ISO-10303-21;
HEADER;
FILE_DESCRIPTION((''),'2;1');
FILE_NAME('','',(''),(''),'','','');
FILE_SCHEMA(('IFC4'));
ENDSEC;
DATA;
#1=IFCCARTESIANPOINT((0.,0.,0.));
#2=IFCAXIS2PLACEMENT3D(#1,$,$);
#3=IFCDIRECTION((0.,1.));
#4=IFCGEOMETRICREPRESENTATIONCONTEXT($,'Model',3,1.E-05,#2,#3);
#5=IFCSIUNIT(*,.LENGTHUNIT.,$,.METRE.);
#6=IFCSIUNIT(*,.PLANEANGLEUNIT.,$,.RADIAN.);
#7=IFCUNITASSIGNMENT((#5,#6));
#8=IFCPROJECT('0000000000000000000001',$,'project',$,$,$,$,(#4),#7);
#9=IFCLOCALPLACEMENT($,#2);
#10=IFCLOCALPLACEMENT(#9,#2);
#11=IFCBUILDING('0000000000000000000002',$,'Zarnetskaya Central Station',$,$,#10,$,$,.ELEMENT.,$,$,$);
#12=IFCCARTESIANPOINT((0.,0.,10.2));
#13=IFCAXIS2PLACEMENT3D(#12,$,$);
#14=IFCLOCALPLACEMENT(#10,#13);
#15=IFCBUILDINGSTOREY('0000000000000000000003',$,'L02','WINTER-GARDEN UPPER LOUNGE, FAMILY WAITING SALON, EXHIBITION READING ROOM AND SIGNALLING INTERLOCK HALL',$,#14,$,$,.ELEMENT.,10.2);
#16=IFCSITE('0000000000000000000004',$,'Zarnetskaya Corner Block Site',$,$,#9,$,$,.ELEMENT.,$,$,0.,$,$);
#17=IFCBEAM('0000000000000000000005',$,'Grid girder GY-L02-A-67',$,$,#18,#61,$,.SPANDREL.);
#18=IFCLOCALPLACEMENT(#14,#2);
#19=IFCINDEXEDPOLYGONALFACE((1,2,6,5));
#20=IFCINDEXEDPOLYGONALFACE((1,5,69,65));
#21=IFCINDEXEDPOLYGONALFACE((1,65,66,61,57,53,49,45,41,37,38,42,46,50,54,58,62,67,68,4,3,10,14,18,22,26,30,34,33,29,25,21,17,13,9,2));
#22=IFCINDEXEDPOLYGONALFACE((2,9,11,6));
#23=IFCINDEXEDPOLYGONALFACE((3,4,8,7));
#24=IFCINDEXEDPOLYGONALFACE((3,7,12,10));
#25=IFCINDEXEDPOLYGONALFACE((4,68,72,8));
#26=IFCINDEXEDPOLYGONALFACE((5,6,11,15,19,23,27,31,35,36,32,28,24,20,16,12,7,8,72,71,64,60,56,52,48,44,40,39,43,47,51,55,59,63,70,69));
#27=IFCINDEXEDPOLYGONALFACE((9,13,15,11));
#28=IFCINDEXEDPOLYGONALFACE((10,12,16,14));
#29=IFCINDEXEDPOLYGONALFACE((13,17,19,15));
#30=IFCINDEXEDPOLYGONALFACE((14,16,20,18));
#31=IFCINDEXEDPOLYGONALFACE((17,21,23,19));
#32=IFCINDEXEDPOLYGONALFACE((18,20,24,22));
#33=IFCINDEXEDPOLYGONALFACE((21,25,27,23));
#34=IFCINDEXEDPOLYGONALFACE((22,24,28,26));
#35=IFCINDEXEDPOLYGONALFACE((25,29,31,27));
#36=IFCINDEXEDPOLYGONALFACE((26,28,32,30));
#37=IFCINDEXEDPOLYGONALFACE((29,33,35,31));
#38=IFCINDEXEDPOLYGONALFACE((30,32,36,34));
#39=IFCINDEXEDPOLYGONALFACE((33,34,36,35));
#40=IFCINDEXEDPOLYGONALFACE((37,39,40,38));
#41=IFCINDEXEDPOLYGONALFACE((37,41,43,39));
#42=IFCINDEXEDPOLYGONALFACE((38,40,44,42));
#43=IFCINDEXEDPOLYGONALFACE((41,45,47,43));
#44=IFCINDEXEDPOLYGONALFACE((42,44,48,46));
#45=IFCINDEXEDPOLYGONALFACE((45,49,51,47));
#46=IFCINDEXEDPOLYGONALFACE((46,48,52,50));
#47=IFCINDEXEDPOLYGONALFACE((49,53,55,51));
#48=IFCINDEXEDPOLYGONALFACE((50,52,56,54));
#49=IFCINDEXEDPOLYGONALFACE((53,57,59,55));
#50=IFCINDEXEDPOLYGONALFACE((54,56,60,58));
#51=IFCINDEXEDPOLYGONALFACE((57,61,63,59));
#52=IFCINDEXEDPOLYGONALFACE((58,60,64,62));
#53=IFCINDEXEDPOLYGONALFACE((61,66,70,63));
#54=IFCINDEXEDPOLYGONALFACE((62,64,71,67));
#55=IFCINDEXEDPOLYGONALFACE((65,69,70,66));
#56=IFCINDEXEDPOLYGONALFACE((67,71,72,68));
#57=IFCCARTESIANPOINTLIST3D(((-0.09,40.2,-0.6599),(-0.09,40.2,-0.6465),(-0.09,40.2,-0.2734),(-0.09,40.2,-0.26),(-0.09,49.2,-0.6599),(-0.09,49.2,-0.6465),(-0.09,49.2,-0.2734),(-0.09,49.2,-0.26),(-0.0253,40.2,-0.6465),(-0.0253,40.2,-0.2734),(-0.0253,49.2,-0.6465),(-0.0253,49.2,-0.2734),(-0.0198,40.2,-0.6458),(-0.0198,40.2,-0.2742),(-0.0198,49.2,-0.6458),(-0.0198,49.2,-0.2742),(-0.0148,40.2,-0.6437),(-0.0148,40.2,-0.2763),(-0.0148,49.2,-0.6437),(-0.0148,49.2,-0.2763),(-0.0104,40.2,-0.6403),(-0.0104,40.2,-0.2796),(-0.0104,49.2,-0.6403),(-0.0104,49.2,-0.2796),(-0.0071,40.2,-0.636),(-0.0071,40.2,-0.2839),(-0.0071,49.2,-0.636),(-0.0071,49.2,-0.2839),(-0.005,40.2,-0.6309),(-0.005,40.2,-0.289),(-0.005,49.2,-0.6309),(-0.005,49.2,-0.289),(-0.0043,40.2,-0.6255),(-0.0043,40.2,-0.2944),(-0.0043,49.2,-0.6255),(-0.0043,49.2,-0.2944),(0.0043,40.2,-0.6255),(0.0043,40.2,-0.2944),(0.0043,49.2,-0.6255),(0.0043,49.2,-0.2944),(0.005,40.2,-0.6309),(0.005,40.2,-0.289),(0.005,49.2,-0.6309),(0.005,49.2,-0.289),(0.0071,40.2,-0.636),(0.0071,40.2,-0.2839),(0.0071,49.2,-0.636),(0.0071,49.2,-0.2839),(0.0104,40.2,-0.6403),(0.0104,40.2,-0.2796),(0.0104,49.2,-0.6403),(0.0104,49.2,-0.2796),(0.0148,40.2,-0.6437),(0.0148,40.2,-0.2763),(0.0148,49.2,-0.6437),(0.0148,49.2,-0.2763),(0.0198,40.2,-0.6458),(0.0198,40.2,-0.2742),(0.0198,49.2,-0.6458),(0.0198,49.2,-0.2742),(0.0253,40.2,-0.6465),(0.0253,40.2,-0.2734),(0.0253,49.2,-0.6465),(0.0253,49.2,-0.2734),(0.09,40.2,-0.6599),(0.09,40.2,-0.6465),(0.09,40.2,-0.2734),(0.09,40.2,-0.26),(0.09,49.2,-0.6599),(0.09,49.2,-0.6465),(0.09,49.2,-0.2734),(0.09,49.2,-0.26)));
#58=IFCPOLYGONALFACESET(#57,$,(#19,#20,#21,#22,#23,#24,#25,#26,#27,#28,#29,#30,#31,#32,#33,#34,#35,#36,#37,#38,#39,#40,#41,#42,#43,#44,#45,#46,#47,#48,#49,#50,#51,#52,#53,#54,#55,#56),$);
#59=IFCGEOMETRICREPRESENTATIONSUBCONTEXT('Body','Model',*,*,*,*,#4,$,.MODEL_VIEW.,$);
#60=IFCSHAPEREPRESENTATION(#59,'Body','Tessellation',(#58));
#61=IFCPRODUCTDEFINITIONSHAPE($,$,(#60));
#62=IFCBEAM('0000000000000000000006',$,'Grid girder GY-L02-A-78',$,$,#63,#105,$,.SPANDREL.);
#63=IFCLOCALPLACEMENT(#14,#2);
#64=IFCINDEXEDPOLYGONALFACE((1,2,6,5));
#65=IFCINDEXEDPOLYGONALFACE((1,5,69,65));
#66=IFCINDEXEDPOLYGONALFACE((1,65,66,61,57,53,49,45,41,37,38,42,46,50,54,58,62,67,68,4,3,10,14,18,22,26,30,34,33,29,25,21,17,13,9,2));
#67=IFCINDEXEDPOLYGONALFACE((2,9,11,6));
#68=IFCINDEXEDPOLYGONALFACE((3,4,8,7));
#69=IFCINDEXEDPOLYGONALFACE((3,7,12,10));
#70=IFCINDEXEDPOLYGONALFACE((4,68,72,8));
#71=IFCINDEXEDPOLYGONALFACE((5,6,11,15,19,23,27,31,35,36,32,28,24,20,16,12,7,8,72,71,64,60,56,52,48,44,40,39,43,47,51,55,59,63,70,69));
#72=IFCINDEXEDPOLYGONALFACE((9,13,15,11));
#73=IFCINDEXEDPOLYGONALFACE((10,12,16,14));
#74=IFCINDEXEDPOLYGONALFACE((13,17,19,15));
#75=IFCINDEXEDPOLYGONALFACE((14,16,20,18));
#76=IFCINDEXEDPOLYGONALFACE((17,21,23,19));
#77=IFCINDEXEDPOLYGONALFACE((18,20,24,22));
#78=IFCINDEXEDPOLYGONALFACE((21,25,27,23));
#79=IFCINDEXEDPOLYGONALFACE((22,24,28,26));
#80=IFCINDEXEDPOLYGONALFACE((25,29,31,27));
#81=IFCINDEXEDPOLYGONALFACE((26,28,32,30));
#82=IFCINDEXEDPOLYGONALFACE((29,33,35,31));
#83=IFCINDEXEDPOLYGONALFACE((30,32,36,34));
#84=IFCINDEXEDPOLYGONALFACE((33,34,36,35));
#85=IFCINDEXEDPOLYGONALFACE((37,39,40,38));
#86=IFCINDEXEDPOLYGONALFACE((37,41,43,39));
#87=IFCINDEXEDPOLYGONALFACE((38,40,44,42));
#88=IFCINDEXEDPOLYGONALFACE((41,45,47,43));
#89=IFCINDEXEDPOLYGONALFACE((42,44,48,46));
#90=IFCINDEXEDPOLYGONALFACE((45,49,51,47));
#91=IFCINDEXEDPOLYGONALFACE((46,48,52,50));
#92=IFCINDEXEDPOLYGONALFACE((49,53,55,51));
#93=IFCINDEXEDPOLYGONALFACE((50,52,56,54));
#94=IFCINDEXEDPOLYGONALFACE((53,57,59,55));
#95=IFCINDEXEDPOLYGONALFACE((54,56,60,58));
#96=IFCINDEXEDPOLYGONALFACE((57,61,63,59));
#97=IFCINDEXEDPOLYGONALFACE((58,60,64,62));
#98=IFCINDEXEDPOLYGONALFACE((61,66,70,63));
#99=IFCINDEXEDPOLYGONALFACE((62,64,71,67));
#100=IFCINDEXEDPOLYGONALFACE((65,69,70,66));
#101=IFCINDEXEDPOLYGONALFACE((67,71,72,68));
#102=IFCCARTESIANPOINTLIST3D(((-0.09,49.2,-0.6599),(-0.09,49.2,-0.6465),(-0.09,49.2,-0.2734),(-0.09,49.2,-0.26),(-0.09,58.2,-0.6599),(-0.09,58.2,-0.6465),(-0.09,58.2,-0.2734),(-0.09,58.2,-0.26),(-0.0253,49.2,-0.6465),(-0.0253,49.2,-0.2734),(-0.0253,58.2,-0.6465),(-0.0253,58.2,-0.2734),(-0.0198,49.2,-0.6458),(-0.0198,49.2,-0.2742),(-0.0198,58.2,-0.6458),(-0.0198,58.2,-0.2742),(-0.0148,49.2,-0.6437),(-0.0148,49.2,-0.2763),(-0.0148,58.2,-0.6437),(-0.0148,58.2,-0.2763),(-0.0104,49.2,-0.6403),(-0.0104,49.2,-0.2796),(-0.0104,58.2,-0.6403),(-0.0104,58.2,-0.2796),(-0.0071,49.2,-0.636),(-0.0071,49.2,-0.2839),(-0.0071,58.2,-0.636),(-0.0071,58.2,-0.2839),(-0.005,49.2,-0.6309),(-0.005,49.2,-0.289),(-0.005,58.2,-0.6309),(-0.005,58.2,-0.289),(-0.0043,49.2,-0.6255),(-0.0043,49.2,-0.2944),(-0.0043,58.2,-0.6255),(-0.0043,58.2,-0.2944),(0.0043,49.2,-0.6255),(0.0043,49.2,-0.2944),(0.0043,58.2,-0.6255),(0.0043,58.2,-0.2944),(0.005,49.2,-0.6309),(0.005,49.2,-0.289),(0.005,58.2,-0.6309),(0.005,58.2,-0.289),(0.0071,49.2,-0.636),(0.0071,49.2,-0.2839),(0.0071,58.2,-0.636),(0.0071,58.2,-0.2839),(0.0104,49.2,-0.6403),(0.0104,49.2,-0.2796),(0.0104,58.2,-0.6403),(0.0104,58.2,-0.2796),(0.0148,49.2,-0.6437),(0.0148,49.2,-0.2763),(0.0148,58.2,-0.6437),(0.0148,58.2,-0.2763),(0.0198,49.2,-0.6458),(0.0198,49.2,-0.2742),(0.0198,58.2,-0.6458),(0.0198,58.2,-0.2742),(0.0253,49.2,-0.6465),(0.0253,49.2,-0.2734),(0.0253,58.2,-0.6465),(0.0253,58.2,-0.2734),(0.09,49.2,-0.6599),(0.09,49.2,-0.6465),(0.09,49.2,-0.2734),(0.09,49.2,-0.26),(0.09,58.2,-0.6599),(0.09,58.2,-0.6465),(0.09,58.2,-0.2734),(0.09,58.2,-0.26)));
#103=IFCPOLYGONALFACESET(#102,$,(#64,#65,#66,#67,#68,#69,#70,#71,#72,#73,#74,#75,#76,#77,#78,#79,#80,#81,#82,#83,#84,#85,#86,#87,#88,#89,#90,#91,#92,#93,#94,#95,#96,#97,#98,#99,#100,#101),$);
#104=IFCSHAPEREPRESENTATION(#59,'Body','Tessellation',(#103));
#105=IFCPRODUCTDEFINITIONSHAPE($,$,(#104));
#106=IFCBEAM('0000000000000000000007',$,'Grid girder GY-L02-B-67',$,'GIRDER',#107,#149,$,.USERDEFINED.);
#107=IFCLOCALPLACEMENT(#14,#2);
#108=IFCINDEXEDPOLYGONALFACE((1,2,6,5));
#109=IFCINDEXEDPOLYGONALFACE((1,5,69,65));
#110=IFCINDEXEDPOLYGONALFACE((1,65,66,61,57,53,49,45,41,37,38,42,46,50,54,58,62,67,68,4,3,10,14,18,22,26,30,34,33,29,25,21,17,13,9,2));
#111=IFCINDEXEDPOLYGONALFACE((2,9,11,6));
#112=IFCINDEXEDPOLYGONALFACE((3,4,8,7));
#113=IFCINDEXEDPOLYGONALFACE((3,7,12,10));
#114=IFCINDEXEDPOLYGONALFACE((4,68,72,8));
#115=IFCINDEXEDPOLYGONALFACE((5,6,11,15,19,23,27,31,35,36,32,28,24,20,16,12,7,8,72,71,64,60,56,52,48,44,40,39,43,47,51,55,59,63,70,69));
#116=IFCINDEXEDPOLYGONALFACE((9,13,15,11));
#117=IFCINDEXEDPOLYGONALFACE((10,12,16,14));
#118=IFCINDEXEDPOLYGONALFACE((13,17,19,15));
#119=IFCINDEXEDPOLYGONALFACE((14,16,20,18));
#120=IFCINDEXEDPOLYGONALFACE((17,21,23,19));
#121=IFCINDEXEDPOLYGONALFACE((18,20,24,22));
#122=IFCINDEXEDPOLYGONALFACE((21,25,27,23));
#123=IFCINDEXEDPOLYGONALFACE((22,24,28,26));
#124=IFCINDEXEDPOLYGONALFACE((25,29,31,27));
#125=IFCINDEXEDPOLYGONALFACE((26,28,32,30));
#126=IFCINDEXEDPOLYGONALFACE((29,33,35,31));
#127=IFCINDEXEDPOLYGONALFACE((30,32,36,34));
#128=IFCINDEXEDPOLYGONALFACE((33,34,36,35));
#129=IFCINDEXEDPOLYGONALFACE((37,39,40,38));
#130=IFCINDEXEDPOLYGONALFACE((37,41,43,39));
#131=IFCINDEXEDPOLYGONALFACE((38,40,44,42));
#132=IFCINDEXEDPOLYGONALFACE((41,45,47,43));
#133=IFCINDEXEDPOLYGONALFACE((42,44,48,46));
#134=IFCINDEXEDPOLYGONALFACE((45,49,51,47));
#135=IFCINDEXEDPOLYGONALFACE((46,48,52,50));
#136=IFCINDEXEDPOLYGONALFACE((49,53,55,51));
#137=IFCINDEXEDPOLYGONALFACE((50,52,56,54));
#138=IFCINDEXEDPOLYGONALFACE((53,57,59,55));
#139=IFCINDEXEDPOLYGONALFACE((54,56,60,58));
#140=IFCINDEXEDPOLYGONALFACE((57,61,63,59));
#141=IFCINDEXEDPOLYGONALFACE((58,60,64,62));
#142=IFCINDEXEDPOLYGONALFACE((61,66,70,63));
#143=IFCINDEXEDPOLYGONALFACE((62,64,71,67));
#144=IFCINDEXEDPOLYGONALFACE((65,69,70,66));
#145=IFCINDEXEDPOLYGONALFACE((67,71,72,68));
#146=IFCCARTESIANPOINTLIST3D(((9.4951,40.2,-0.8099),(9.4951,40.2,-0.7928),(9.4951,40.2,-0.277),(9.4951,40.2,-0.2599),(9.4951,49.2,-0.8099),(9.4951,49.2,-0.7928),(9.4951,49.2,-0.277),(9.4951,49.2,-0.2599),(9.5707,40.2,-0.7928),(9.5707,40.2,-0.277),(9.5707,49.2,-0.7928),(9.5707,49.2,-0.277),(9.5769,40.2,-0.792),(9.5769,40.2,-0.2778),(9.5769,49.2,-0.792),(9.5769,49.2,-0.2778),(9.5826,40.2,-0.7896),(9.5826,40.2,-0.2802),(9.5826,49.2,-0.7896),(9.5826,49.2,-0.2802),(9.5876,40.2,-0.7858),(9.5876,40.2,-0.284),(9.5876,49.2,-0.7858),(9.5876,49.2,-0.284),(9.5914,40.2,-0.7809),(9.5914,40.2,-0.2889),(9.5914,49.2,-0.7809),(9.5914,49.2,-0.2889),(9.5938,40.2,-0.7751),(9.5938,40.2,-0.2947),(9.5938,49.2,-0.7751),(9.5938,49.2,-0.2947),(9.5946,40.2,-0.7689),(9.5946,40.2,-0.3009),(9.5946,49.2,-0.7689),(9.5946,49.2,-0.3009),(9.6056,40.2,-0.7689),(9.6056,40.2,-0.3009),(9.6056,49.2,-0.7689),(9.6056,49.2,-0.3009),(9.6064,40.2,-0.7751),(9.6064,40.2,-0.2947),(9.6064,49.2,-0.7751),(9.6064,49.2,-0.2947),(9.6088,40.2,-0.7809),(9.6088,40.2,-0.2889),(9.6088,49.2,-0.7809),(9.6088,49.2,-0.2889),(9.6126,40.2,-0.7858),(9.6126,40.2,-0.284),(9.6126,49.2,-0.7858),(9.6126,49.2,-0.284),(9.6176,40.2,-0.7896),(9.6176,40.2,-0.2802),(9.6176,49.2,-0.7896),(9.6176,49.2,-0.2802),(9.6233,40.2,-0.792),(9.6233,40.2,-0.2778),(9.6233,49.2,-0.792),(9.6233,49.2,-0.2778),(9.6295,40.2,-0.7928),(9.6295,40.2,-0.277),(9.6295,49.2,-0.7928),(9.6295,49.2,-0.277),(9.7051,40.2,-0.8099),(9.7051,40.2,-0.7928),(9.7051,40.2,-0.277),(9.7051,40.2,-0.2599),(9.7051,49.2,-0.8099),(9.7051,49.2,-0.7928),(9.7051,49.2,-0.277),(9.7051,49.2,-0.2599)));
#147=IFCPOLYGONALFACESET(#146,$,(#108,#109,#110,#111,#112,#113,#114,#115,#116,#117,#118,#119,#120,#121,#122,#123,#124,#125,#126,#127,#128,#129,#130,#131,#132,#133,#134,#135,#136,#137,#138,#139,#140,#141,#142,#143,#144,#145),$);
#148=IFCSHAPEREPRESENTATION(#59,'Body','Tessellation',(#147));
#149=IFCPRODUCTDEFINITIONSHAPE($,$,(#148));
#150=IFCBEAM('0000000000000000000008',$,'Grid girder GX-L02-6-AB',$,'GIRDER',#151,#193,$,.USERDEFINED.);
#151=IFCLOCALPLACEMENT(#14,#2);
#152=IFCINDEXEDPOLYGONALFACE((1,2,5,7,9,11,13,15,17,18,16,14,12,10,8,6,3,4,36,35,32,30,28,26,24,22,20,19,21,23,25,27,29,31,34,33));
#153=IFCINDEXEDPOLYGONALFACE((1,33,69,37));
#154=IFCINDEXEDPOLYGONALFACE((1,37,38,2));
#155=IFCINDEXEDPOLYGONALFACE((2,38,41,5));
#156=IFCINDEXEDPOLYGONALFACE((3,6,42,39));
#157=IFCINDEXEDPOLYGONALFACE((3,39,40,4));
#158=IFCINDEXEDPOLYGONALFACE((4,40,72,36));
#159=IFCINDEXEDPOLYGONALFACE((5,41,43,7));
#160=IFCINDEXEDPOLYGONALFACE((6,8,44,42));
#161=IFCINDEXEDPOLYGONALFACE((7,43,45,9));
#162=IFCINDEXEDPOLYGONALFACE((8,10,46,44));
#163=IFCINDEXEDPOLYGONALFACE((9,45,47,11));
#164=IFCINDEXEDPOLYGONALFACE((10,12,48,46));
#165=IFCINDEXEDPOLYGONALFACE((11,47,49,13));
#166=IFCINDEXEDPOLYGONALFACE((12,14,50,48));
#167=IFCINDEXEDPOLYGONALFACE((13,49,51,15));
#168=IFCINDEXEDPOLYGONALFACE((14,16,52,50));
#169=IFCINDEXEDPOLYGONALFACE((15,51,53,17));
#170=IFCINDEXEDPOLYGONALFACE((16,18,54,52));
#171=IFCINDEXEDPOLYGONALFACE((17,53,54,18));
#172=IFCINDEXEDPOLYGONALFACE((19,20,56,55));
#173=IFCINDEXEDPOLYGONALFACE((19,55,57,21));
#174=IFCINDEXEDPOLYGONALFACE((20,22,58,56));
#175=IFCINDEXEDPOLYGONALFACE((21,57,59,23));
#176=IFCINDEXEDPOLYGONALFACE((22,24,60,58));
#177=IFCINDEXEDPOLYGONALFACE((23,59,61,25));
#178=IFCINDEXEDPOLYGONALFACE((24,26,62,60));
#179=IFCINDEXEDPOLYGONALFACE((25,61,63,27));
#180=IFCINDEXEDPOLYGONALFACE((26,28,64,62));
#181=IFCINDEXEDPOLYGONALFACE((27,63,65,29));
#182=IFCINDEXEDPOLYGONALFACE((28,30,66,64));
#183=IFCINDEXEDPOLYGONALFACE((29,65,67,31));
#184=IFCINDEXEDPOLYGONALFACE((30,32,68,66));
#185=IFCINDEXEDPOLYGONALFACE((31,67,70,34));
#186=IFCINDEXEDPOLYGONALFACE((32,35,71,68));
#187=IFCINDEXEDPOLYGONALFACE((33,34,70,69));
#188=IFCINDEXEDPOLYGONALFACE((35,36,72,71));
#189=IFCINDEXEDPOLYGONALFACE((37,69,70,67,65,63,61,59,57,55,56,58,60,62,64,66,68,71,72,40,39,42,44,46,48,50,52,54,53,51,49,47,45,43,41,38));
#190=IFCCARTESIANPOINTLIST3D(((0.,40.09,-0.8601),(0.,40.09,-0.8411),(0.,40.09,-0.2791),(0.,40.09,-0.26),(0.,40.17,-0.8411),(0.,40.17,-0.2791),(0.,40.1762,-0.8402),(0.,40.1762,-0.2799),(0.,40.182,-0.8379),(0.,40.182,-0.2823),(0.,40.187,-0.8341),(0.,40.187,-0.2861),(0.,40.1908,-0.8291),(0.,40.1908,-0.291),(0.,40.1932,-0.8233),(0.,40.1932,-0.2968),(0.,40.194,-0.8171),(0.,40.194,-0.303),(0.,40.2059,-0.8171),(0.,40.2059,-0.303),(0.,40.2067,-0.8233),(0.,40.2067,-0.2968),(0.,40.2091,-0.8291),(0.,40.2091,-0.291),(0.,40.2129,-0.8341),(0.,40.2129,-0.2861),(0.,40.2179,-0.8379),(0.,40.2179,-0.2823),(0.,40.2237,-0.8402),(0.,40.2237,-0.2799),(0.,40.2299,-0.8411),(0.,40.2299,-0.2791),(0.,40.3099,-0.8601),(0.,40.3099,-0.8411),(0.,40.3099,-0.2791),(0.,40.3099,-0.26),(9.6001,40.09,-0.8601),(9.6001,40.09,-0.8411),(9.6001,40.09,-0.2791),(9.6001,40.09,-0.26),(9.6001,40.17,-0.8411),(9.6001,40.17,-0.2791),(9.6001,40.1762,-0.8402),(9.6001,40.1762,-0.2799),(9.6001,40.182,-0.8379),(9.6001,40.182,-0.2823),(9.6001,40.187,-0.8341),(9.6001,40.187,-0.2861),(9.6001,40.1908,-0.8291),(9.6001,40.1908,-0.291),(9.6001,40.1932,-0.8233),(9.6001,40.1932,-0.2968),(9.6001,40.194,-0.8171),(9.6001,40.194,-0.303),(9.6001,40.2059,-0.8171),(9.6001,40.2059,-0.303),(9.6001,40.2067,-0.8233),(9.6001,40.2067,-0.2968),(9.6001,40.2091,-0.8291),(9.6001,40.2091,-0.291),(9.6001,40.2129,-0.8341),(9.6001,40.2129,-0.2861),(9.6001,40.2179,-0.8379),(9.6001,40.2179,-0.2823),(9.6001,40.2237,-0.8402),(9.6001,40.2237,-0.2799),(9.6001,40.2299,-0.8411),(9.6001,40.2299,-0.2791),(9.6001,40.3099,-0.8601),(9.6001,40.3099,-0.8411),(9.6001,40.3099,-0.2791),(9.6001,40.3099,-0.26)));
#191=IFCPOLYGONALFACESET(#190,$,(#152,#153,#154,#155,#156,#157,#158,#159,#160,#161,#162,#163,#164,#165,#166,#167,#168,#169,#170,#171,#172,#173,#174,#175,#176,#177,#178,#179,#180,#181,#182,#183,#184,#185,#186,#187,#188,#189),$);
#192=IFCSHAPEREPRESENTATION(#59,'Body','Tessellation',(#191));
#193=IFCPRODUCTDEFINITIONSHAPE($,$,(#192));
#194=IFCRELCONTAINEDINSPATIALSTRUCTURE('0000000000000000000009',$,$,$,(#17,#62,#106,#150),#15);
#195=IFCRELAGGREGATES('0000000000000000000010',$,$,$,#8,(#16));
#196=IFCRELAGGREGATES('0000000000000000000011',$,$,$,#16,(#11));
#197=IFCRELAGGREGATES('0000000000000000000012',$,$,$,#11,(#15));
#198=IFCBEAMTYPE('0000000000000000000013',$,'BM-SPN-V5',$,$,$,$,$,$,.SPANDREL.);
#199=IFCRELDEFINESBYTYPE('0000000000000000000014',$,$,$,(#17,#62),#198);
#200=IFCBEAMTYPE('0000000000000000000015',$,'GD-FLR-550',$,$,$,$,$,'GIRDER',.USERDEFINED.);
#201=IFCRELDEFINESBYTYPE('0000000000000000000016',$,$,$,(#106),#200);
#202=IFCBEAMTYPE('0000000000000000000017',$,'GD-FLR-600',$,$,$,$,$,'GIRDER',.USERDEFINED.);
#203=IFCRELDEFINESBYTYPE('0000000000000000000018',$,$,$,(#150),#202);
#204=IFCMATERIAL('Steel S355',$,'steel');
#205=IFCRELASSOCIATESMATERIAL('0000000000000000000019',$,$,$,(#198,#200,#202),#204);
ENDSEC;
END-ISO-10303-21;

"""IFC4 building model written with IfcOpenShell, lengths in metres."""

from ifc_helpers import new_model, si_unit, direction, frame, origin, origin_2d, place, context, subcontext, project, spatial, i_section, extrude, material, material_profile, profile_set, type_object, element, save


model = new_model("IFC4")

# Units and contexts
model_context = context("Model", 3, precision=1e-05, world=origin(), true_north=direction((0.0, 1.0)))
body_context = subcontext(model_context, "Body", "Model", "MODEL_VIEW")
ifc_project = project(units=[si_unit("LENGTHUNIT", "METRE"), si_unit("PLANEANGLEUNIT", "RADIAN")], contexts=[model_context])

# Site, building, storey
site_placement = place(None, origin())
site = spatial("IfcSite", under=ifc_project, at=site_placement, Name="Zarnetskaya Corner Block Site", CompositionType="ELEMENT", RefElevation=0.0)
building_placement = place(site_placement, origin())
building = spatial("IfcBuilding", under=site, at=building_placement, Name="Zarnetskaya Central Station", CompositionType="ELEMENT")
storey_placement = place(building_placement, frame((0.0, 0.0, 10.2)))
storey = spatial("IfcBuildingStorey", under=building, at=storey_placement, Name="L02", Description="WINTER-GARDEN UPPER LOUNGE, FAMILY WAITING SALON, EXHIBITION READING ROOM AND SIGNALLING INTERLOCK HALL", CompositionType="ELEMENT", Elevation=10.2)

# Shared definitions
ifc_material_1 = material(Name="Steel S355", Category="steel")

# Beams
ifc_material_profile_1 = material_profile(ifc_material_1, i_section(OverallWidth=0.1799, OverallDepth=0.3999, WebThickness=0.0085, FlangeThickness=0.0134, FilletRadius=0.021, at=origin_2d()), Name="IPE 400")
ifc_profile_set_1 = profile_set([ifc_material_profile_1], Name="Steel S355")
beam_type_1 = type_object("IfcBeamType", Name="BM-SPN-V5", PredefinedType="SPANDREL", material=ifc_profile_set_1)
for number, where, z_axis, x_axis, name in (
    (1, (0.0, 40.2, -0.46), (0.0, 1.0, 0.0), (-1.0, 0.0, 0.0), "Grid girder GY-L02-A-67"),
    (2, (0.0, 49.2, -0.46), (0.0, 1.0, 0.0), (-1.0, 0.0, 0.0), "Grid girder GY-L02-A-78"),
):
    element("IfcBeam", number, at=place(storey_placement, frame(where, z_axis=z_axis, x_axis=x_axis)), inside=storey, type_object=beam_type_1, Name=name, PredefinedType="SPANDREL", context=body_context, shape_type="SweptSolid", body=[
        extrude(i_section(OverallWidth=0.1799, OverallDepth=0.3999, WebThickness=0.0085, FlangeThickness=0.0134, FilletRadius=0.021, at=origin_2d()), origin(), (0.0, 0.0, 1.0), 9.0),
    ])
ifc_material_profile_2 = material_profile(ifc_material_1, i_section(OverallWidth=0.21, OverallDepth=0.55, WebThickness=0.011, FlangeThickness=0.0171, FilletRadius=0.0239, at=origin_2d()), Name="IPE 550")
ifc_profile_set_2 = profile_set([ifc_material_profile_2], Name="Steel S355")
beam_type_2 = type_object("IfcBeamType", Name="GD-FLR-550", ElementType="GIRDER", PredefinedType="USERDEFINED", material=ifc_profile_set_2)
beam_1_placement = place(storey_placement, frame((9.6001, 40.2, -0.5349), z_axis=(0.0, 1.0, 0.0), x_axis=(-1.0, 0.0, 0.0)))
element("IfcBeam", 3, at=beam_1_placement, inside=storey, type_object=beam_type_2, Name="Grid girder GY-L02-B-67", ObjectType="GIRDER", PredefinedType="USERDEFINED", context=body_context, shape_type="SweptSolid", body=[
    extrude(i_section(OverallWidth=0.21, OverallDepth=0.55, WebThickness=0.011, FlangeThickness=0.0171, FilletRadius=0.0239, at=origin_2d()), origin(), (0.0, 0.0, 1.0), 9.0),
])
ifc_material_profile_3 = material_profile(ifc_material_1, i_section(OverallWidth=0.22, OverallDepth=0.6001, WebThickness=0.012, FlangeThickness=0.019, FilletRadius=0.0239, at=origin_2d()), Name="IPE 600")
ifc_profile_set_3 = profile_set([ifc_material_profile_3], Name="Steel S355")
beam_type_3 = type_object("IfcBeamType", Name="GD-FLR-600", ElementType="GIRDER", PredefinedType="USERDEFINED", material=ifc_profile_set_3)
for number, where, z_axis, x_axis, name in (
    (4, (0.0, 40.2, -0.5601), (1.0, 0.0, 0.0), (0.0, 1.0, 0.0), "Grid girder GX-L02-6-AB"),
):
    element("IfcBeam", number, at=place(storey_placement, frame(where, z_axis=z_axis, x_axis=x_axis)), inside=storey, type_object=beam_type_3, Name=name, ObjectType="GIRDER", PredefinedType="USERDEFINED", context=body_context, shape_type="SweptSolid", body=[
        extrude(i_section(OverallWidth=0.22, OverallDepth=0.6001, WebThickness=0.012, FlangeThickness=0.019, FilletRadius=0.0239, at=origin_2d()), origin(), (0.0, 0.0, 1.0), 9.6001),
    ])

save(model, "model.ifc")
